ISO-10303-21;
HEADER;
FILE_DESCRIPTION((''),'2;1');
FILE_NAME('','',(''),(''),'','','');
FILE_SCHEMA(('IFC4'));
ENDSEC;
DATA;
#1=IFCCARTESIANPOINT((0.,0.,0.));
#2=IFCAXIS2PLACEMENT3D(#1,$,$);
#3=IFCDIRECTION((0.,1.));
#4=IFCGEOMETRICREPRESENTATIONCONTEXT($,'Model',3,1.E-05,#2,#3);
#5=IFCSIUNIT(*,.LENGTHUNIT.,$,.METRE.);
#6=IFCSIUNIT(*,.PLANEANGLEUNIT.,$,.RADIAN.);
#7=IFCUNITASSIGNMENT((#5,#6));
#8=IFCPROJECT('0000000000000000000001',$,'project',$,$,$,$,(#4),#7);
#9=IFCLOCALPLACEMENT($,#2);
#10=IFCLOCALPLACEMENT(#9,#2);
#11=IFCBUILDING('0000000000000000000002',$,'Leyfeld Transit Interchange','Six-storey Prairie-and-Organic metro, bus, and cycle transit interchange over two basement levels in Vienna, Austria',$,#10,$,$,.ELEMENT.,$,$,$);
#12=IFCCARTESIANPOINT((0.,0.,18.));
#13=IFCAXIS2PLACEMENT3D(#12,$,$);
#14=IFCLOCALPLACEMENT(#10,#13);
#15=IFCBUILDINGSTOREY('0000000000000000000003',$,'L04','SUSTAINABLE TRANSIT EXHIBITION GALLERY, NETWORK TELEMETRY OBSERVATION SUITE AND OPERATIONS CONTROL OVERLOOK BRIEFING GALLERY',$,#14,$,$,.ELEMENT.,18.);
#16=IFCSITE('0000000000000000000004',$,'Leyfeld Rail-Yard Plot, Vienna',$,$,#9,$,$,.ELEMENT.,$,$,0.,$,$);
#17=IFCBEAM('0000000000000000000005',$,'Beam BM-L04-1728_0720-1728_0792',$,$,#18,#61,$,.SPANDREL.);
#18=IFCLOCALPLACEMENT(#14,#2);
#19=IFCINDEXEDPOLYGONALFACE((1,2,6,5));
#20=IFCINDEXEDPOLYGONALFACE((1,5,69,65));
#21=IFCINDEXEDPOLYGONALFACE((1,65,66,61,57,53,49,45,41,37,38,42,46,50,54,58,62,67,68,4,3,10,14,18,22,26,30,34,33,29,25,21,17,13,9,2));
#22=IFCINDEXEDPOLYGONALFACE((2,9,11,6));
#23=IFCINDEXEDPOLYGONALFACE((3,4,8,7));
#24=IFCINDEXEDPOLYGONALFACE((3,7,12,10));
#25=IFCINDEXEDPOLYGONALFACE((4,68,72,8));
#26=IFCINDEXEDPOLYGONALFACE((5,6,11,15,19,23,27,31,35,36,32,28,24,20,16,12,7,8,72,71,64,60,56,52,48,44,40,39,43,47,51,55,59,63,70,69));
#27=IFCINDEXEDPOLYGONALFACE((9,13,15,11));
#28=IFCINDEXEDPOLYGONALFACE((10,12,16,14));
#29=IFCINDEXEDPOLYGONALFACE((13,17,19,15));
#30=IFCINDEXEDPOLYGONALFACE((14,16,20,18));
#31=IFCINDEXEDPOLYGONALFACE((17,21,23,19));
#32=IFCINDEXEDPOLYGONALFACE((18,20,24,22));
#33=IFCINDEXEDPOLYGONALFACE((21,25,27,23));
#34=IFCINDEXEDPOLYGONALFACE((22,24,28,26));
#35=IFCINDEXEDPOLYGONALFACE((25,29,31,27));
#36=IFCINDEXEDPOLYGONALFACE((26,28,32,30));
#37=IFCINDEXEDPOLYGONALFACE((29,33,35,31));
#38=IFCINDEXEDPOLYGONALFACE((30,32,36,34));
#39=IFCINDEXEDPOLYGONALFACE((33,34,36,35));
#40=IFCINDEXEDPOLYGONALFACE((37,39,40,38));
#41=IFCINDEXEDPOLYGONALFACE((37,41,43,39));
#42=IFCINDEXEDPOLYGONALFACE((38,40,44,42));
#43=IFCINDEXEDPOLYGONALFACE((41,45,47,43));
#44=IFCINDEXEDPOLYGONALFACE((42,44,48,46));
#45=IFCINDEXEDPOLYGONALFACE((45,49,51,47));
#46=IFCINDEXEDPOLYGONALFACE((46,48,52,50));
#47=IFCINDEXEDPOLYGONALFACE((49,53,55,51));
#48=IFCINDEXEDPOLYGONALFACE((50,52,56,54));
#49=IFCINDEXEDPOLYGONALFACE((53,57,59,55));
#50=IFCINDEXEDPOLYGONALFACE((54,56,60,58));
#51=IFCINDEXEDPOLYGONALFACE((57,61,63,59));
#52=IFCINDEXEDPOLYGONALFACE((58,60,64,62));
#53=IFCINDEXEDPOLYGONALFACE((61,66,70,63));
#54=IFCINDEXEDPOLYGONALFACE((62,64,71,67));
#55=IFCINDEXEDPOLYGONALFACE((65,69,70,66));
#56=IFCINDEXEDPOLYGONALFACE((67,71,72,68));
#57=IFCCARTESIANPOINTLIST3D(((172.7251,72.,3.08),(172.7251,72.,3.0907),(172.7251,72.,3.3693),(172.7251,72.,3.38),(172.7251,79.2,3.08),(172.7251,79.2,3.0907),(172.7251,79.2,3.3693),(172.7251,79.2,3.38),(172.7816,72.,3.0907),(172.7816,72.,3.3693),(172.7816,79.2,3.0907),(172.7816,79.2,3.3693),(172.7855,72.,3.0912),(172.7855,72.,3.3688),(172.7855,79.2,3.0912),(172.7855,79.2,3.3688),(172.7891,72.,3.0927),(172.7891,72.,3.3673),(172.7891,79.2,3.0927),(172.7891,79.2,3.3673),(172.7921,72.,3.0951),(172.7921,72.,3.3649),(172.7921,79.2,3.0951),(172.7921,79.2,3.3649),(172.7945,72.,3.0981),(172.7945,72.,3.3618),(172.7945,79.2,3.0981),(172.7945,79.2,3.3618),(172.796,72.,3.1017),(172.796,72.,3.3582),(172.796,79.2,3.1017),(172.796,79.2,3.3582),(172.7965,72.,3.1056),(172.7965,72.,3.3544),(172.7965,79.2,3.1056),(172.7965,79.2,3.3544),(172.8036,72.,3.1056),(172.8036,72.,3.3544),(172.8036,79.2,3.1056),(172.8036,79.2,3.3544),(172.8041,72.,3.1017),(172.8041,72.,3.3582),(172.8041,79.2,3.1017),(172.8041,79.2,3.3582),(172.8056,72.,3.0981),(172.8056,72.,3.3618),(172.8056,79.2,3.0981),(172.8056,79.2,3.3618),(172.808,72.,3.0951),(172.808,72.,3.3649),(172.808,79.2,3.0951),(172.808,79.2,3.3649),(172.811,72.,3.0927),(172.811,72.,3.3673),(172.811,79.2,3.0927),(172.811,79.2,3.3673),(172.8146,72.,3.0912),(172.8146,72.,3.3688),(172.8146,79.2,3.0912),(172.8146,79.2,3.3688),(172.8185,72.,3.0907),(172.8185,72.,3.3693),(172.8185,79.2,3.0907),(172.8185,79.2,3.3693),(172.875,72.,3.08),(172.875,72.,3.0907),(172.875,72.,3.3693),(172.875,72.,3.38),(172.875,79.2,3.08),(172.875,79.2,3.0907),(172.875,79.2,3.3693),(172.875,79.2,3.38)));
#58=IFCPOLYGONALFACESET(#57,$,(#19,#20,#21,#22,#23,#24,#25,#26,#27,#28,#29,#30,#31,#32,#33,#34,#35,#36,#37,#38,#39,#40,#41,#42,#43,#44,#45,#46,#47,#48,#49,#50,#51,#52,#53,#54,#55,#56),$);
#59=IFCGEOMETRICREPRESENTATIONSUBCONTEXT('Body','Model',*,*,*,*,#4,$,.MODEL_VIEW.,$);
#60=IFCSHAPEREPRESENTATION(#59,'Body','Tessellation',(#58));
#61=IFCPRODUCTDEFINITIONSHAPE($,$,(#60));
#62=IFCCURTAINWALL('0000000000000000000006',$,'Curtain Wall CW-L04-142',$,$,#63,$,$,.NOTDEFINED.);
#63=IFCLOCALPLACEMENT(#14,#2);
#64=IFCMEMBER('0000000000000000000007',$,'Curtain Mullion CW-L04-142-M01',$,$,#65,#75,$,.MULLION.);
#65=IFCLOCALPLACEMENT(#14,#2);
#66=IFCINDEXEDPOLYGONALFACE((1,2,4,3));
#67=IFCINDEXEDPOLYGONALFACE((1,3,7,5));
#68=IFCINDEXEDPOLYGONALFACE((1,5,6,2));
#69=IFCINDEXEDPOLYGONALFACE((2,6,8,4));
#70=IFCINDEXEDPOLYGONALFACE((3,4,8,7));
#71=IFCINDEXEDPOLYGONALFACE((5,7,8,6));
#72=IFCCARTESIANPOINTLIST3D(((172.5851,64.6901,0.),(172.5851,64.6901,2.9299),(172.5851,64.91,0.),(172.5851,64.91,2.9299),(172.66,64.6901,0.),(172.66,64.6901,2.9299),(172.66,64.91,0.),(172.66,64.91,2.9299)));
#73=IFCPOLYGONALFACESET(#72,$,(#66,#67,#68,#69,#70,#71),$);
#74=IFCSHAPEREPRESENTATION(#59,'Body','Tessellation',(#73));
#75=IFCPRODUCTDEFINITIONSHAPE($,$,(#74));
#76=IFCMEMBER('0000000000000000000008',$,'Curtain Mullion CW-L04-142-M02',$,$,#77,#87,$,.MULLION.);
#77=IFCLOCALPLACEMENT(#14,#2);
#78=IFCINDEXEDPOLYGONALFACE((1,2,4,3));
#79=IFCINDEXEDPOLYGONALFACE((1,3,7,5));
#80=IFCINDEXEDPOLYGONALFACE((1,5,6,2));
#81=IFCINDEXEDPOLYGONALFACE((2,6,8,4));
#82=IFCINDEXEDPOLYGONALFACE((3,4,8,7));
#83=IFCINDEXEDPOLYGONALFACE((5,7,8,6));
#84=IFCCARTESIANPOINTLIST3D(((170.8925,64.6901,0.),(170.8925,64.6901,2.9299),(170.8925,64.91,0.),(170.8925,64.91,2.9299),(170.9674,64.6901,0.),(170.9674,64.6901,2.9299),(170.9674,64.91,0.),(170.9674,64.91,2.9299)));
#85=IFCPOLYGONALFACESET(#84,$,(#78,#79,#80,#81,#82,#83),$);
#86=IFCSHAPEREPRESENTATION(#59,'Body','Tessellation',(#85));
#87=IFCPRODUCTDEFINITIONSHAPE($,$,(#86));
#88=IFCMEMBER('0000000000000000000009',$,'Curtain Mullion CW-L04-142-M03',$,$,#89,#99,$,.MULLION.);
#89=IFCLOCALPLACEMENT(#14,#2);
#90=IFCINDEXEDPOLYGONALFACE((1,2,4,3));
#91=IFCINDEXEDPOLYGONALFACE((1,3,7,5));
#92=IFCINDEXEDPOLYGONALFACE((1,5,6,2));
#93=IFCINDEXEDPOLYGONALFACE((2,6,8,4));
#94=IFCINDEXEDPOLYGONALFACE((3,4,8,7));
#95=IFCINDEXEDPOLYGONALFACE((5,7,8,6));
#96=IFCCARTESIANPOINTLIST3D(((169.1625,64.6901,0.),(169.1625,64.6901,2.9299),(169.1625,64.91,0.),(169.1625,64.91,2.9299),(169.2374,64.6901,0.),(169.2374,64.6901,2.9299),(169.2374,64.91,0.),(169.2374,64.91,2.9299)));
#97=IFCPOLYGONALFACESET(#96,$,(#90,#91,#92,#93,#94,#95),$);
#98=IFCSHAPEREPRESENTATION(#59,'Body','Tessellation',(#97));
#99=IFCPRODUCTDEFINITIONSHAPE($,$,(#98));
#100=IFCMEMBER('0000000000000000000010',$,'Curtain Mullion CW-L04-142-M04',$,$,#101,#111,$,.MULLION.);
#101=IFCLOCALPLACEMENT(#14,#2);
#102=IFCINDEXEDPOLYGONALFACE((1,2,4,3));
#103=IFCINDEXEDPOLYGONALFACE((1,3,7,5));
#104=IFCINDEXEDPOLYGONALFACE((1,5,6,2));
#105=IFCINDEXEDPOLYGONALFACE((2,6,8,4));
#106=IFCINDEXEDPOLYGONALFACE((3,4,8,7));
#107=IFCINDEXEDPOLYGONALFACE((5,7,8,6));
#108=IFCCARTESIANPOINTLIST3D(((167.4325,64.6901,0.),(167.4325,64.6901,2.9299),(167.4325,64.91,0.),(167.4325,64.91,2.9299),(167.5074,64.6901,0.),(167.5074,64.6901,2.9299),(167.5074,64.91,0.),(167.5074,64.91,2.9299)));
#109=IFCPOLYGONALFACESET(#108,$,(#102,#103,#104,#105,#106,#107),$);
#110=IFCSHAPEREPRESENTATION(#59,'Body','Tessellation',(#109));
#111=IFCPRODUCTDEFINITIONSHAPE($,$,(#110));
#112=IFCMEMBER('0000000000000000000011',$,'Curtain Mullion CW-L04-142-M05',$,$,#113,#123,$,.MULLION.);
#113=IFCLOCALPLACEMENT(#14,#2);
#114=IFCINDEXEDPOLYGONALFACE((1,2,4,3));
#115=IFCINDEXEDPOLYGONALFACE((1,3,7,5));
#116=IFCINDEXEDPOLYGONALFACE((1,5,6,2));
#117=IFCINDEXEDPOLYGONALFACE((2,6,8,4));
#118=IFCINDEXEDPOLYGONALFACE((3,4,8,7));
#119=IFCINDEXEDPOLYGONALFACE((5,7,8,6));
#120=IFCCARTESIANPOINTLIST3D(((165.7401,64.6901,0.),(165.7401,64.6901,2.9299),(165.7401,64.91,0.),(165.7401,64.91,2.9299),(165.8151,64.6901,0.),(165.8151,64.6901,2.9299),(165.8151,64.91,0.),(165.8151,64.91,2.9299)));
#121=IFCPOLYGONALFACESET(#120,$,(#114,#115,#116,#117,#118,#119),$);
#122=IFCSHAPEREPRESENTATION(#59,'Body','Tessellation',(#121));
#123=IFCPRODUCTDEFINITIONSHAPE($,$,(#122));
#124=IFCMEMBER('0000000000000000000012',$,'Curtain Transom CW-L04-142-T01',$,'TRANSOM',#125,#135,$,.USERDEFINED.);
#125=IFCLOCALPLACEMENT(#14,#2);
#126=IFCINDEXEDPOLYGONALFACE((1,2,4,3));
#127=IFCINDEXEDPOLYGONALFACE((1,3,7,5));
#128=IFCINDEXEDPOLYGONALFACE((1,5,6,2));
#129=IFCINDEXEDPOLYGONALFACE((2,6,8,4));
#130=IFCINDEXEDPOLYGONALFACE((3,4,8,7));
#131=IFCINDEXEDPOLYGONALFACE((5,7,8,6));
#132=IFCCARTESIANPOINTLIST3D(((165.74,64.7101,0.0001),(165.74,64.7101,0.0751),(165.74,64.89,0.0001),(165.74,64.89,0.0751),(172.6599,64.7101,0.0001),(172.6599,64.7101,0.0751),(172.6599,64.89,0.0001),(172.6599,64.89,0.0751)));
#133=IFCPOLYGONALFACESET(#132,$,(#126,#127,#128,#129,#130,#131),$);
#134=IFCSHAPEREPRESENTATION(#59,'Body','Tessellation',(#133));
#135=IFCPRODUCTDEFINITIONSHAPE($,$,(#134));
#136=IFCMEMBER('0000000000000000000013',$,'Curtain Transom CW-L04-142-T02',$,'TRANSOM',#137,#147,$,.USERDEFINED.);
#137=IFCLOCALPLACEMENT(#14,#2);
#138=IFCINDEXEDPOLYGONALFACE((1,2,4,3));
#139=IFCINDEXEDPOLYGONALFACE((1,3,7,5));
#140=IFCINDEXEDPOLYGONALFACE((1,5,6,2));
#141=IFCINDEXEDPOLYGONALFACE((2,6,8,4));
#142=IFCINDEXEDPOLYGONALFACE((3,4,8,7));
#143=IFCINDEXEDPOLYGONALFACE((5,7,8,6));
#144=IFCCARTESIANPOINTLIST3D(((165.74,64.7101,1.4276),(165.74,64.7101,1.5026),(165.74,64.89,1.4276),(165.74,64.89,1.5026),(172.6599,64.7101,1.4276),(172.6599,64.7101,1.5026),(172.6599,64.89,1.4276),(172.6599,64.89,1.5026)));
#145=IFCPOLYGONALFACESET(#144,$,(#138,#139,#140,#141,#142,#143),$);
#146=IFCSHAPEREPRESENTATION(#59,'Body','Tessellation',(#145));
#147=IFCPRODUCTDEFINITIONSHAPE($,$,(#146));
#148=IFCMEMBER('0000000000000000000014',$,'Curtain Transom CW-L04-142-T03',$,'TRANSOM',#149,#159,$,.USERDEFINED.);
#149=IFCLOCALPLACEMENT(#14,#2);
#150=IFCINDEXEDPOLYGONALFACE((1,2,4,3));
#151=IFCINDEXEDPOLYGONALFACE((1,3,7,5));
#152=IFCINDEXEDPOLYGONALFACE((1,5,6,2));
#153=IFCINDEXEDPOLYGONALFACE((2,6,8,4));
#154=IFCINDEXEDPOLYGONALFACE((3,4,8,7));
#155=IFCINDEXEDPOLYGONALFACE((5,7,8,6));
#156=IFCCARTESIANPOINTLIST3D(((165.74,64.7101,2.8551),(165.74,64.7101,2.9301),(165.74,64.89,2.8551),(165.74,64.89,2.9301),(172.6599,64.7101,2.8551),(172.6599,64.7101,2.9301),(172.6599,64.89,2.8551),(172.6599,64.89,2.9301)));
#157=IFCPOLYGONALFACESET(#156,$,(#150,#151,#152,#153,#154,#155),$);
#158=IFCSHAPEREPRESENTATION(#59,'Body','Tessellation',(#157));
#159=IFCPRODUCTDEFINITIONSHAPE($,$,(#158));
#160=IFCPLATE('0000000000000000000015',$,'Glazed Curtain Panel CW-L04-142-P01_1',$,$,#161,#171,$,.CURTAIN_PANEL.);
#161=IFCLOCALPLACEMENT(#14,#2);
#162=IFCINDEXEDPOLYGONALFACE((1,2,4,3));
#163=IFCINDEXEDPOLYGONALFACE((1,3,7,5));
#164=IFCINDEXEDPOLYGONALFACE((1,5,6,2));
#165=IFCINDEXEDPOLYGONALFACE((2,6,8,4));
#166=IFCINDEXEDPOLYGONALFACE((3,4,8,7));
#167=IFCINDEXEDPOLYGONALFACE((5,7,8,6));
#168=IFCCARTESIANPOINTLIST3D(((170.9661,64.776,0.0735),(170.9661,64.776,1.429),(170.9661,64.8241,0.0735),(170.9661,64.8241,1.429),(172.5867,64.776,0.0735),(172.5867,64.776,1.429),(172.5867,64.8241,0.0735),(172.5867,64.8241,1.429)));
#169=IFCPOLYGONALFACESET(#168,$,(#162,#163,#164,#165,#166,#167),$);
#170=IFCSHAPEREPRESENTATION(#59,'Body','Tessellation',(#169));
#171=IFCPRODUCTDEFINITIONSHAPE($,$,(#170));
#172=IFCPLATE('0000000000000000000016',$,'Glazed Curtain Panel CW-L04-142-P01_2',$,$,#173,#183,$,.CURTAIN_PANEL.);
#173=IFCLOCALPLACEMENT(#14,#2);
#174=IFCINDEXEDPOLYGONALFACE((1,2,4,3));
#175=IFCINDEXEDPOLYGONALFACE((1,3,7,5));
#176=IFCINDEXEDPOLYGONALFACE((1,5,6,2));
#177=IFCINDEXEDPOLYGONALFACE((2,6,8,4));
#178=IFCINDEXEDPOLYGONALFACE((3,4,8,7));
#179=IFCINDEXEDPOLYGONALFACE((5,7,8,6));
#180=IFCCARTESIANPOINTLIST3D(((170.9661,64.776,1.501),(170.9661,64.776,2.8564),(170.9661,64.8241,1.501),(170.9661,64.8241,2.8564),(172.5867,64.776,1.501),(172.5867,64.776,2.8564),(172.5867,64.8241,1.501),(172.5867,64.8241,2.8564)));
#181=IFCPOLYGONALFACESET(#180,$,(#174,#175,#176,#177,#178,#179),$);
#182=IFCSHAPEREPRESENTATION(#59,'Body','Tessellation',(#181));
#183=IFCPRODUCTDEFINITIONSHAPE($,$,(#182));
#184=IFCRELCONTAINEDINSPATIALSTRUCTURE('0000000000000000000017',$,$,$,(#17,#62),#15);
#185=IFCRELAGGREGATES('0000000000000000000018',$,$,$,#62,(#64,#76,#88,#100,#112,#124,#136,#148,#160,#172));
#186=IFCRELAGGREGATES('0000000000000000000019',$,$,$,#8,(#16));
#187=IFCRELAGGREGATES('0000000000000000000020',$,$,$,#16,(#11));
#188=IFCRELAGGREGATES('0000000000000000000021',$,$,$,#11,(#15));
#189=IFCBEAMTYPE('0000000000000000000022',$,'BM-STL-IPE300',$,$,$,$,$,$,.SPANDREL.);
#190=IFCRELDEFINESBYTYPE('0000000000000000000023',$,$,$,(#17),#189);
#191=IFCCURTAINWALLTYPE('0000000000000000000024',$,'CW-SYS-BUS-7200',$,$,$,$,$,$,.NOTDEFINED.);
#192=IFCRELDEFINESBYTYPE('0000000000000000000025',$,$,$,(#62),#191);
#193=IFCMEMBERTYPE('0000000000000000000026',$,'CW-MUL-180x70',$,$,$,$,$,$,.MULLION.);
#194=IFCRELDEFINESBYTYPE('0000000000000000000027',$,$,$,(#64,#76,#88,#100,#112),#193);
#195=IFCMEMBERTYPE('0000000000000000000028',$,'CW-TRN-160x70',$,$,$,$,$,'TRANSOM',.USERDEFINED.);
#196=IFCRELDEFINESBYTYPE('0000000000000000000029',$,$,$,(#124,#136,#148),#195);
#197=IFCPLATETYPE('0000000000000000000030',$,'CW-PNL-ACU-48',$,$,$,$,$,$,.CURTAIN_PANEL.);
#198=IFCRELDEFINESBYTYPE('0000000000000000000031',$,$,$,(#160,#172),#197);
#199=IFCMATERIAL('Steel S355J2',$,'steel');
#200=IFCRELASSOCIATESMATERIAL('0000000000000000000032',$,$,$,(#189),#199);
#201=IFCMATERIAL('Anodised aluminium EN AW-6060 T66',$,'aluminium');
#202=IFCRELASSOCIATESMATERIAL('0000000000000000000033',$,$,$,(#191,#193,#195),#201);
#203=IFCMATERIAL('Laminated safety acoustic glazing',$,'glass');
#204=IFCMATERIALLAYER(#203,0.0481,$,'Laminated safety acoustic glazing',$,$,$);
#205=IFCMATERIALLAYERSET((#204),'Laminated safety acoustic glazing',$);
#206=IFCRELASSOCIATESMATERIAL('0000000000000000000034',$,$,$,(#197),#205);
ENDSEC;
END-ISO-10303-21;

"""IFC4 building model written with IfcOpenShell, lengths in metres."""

from ifc_helpers import new_model, si_unit, direction, frame, origin, origin_2d, place, context, subcontext, project, spatial, rectangle, i_section, extrude, material, layer, layer_set, material_profile, profile_set, type_object, element, aggregate, save


model = new_model("IFC4")

# Units and contexts
model_context = context("Model", 3, precision=1e-05, world=origin(), true_north=direction((0.0, 1.0)))
body_context = subcontext(model_context, "Body", "Model", "MODEL_VIEW")
ifc_project = project(units=[si_unit("LENGTHUNIT", "METRE"), si_unit("PLANEANGLEUNIT", "RADIAN")], contexts=[model_context])

# Site, building, storey
site_placement = place(None, origin())
site = spatial("IfcSite", under=ifc_project, at=site_placement, Name="Leyfeld Rail-Yard Plot, Vienna", CompositionType="ELEMENT", RefElevation=0.0)
building_placement = place(site_placement, origin())
building = spatial("IfcBuilding", under=site, at=building_placement, Name="Leyfeld Transit Interchange", Description="Six-storey Prairie-and-Organic metro, bus, and cycle transit interchange over two basement levels in Vienna, Austria", CompositionType="ELEMENT")
storey_placement = place(building_placement, frame((0.0, 0.0, 18.0)))
storey = spatial("IfcBuildingStorey", under=building, at=storey_placement, Name="L04", Description="SUSTAINABLE TRANSIT EXHIBITION GALLERY, NETWORK TELEMETRY OBSERVATION SUITE AND OPERATIONS CONTROL OVERLOOK BRIEFING GALLERY", CompositionType="ELEMENT", Elevation=18.0)

# Shared definitions
ifc_material_1 = material(Name="Steel S355J2", Category="steel")

# Beam
ifc_material_profile_1 = material_profile(ifc_material_1, i_section(OverallWidth=0.1499, OverallDepth=0.3, WebThickness=0.0071, FlangeThickness=0.0107, FilletRadius=0.0149, at=origin_2d()), Name="IPE 300")
ifc_profile_set_1 = profile_set([ifc_material_profile_1], Name="Steel S355J2")
beam_type_1 = type_object("IfcBeamType", Name="BM-STL-IPE300", PredefinedType="SPANDREL", material=ifc_profile_set_1)
for number, where, z_axis, x_axis, name in (
    (1, (172.8, 72.0, 3.23), (0.0, 1.0, 0.0), (-1.0, 0.0, 0.0), "Beam BM-L04-1728_0720-1728_0792"),
):
    element("IfcBeam", number, at=place(storey_placement, frame(where, z_axis=z_axis, x_axis=x_axis)), inside=storey, type_object=beam_type_1, Name=name, PredefinedType="SPANDREL", context=body_context, shape_type="SweptSolid", body=[
        extrude(i_section(OverallWidth=0.1499, OverallDepth=0.3, WebThickness=0.0071, FlangeThickness=0.0107, FilletRadius=0.0149, at=origin_2d()), origin(), (0.0, 0.0, 1.0), 7.2),
    ])

# Curtain wall, members, plates
ifc_material_2 = material(Name="Anodised aluminium EN AW-6060 T66", Category="aluminium")
curtain_wall_type = type_object("IfcCurtainWallType", Name="CW-SYS-BUS-7200", PredefinedType="NOTDEFINED", material=ifc_material_2)
curtain_wall_placement = place(storey_placement, origin())
curtain_wall = element("IfcCurtainWall", 2, at=curtain_wall_placement, inside=storey, type_object=curtain_wall_type, Name="Curtain Wall CW-L04-142", PredefinedType="NOTDEFINED")
ifc_material_profile_2 = material_profile(ifc_material_2, rectangle(XDim=0.075, YDim=0.22, at=origin_2d()), Name="CW-M 75x220")
ifc_profile_set_2 = profile_set([ifc_material_profile_2], Name="Anodised aluminium EN AW-6060 T66")
member_type_1 = type_object("IfcMemberType", Name="CW-MUL-180x70", PredefinedType="MULLION", material=ifc_profile_set_2)
member_1_placement = place(storey_placement, frame((172.6226, 64.8, 0.0), z_axis=(0.0, 0.0, 1.0), x_axis=(-1.0, 0.0, 0.0)))
member_1 = element("IfcMember", 3, at=member_1_placement, type_object=member_type_1, Name="Curtain Mullion CW-L04-142-M01", PredefinedType="MULLION", context=body_context, shape_type="SweptSolid", body=[
    extrude(rectangle(XDim=0.075, YDim=0.22, at=origin_2d()), origin(), (0.0, 0.0, 1.0), 2.9299),
])
member_2_placement = place(storey_placement, frame((170.9299, 64.8, 0.0), z_axis=(0.0, 0.0, 1.0), x_axis=(-1.0, 0.0, 0.0)))
member_2 = element("IfcMember", 4, at=member_2_placement, type_object=member_type_1, Name="Curtain Mullion CW-L04-142-M02", PredefinedType="MULLION", context=body_context, shape_type="SweptSolid", body=[
    extrude(rectangle(XDim=0.075, YDim=0.22, at=origin_2d()), origin(), (0.0, 0.0, 1.0), 2.9299),
])
member_3_placement = place(storey_placement, frame((169.2, 64.8, 0.0), z_axis=(0.0, 0.0, 1.0), x_axis=(-1.0, 0.0, 0.0)))
member_3 = element("IfcMember", 5, at=member_3_placement, type_object=member_type_1, Name="Curtain Mullion CW-L04-142-M03", PredefinedType="MULLION", context=body_context, shape_type="SweptSolid", body=[
    extrude(rectangle(XDim=0.075, YDim=0.22, at=origin_2d()), origin(), (0.0, 0.0, 1.0), 2.9299),
])
member_4_placement = place(storey_placement, frame((167.47, 64.8, 0.0), z_axis=(0.0, 0.0, 1.0), x_axis=(-1.0, 0.0, 0.0)))
member_4 = element("IfcMember", 6, at=member_4_placement, type_object=member_type_1, Name="Curtain Mullion CW-L04-142-M04", PredefinedType="MULLION", context=body_context, shape_type="SweptSolid", body=[
    extrude(rectangle(XDim=0.075, YDim=0.22, at=origin_2d()), origin(), (0.0, 0.0, 1.0), 2.9299),
])
member_5_placement = place(storey_placement, frame((165.7776, 64.8, 0.0), z_axis=(0.0, 0.0, 1.0), x_axis=(-1.0, 0.0, 0.0)))
member_5 = element("IfcMember", 7, at=member_5_placement, type_object=member_type_1, Name="Curtain Mullion CW-L04-142-M05", PredefinedType="MULLION", context=body_context, shape_type="SweptSolid", body=[
    extrude(rectangle(XDim=0.075, YDim=0.22, at=origin_2d()), origin(), (0.0, 0.0, 1.0), 2.9299),
])
ifc_material_profile_3 = material_profile(ifc_material_2, rectangle(XDim=0.1799, YDim=0.075, at=origin_2d()), Name="CW-TRN-160x70")
ifc_profile_set_3 = profile_set([ifc_material_profile_3], Name="Anodised aluminium EN AW-6060 T66")
member_type_2 = type_object("IfcMemberType", Name="CW-TRN-160x70", ElementType="TRANSOM", PredefinedType="USERDEFINED", material=ifc_profile_set_3)
member_6_placement = place(storey_placement, frame((172.6599, 64.8, 0.0376), z_axis=(-1.0, 0.0, 0.0), x_axis=(0.0, -1.0, 0.0)))
member_6 = element("IfcMember", 8, at=member_6_placement, type_object=member_type_2, Name="Curtain Transom CW-L04-142-T01", ObjectType="TRANSOM", PredefinedType="USERDEFINED", context=body_context, shape_type="SweptSolid", body=[
    extrude(rectangle(XDim=0.1799, YDim=0.075, at=origin_2d()), origin(), (0.0, 0.0, 1.0), 6.9199),
])
member_7_placement = place(storey_placement, frame((172.6599, 64.8, 1.4651), z_axis=(-1.0, 0.0, 0.0), x_axis=(0.0, -1.0, 0.0)))
member_7 = element("IfcMember", 9, at=member_7_placement, type_object=member_type_2, Name="Curtain Transom CW-L04-142-T02", ObjectType="TRANSOM", PredefinedType="USERDEFINED", context=body_context, shape_type="SweptSolid", body=[
    extrude(rectangle(XDim=0.1799, YDim=0.075, at=origin_2d()), origin(), (0.0, 0.0, 1.0), 6.9199),
])
member_8_placement = place(storey_placement, frame((172.6599, 64.8, 2.8926), z_axis=(-1.0, 0.0, 0.0), x_axis=(0.0, -1.0, 0.0)))
member_8 = element("IfcMember", 10, at=member_8_placement, type_object=member_type_2, Name="Curtain Transom CW-L04-142-T03", ObjectType="TRANSOM", PredefinedType="USERDEFINED", context=body_context, shape_type="SweptSolid", body=[
    extrude(rectangle(XDim=0.1799, YDim=0.075, at=origin_2d()), origin(), (0.0, 0.0, 1.0), 6.9199),
])
ifc_material_3 = material(Name="Laminated safety acoustic glazing", Category="glass")
ifc_layer_1 = layer(ifc_material_3, 0.0481, Name="Laminated safety acoustic glazing")
ifc_layer_set_1 = layer_set([ifc_layer_1], Name="Laminated safety acoustic glazing")
plate_type = type_object("IfcPlateType", Name="CW-PNL-ACU-48", PredefinedType="CURTAIN_PANEL", material=ifc_layer_set_1)
plate_1_placement = place(storey_placement, frame((171.7764, 64.8, 0.0735), z_axis=(0.0, 0.0, 1.0), x_axis=(-1.0, 0.0, 0.0)))
plate_1 = element("IfcPlate", 11, at=plate_1_placement, type_object=plate_type, Name="Glazed Curtain Panel CW-L04-142-P01_1", PredefinedType="CURTAIN_PANEL", context=body_context, shape_type="SweptSolid", body=[
    extrude(rectangle(XDim=1.6206, YDim=0.0481, at=origin_2d()), origin(), (0.0, 0.0, 1.0), 1.3555),
])
plate_2_placement = place(storey_placement, frame((171.7764, 64.8, 1.501), z_axis=(0.0, 0.0, 1.0), x_axis=(-1.0, 0.0, 0.0)))
plate_2 = element("IfcPlate", 12, at=plate_2_placement, type_object=plate_type, Name="Glazed Curtain Panel CW-L04-142-P01_2", PredefinedType="CURTAIN_PANEL", context=body_context, shape_type="SweptSolid", body=[
    extrude(rectangle(XDim=1.6206, YDim=0.0481, at=origin_2d()), origin(), (0.0, 0.0, 1.0), 1.3555),
])
aggregate(curtain_wall, [member_1, member_2, member_3, member_4, member_5, member_6, member_7, member_8, plate_1, plate_2])

save(model, "model.ifc")
